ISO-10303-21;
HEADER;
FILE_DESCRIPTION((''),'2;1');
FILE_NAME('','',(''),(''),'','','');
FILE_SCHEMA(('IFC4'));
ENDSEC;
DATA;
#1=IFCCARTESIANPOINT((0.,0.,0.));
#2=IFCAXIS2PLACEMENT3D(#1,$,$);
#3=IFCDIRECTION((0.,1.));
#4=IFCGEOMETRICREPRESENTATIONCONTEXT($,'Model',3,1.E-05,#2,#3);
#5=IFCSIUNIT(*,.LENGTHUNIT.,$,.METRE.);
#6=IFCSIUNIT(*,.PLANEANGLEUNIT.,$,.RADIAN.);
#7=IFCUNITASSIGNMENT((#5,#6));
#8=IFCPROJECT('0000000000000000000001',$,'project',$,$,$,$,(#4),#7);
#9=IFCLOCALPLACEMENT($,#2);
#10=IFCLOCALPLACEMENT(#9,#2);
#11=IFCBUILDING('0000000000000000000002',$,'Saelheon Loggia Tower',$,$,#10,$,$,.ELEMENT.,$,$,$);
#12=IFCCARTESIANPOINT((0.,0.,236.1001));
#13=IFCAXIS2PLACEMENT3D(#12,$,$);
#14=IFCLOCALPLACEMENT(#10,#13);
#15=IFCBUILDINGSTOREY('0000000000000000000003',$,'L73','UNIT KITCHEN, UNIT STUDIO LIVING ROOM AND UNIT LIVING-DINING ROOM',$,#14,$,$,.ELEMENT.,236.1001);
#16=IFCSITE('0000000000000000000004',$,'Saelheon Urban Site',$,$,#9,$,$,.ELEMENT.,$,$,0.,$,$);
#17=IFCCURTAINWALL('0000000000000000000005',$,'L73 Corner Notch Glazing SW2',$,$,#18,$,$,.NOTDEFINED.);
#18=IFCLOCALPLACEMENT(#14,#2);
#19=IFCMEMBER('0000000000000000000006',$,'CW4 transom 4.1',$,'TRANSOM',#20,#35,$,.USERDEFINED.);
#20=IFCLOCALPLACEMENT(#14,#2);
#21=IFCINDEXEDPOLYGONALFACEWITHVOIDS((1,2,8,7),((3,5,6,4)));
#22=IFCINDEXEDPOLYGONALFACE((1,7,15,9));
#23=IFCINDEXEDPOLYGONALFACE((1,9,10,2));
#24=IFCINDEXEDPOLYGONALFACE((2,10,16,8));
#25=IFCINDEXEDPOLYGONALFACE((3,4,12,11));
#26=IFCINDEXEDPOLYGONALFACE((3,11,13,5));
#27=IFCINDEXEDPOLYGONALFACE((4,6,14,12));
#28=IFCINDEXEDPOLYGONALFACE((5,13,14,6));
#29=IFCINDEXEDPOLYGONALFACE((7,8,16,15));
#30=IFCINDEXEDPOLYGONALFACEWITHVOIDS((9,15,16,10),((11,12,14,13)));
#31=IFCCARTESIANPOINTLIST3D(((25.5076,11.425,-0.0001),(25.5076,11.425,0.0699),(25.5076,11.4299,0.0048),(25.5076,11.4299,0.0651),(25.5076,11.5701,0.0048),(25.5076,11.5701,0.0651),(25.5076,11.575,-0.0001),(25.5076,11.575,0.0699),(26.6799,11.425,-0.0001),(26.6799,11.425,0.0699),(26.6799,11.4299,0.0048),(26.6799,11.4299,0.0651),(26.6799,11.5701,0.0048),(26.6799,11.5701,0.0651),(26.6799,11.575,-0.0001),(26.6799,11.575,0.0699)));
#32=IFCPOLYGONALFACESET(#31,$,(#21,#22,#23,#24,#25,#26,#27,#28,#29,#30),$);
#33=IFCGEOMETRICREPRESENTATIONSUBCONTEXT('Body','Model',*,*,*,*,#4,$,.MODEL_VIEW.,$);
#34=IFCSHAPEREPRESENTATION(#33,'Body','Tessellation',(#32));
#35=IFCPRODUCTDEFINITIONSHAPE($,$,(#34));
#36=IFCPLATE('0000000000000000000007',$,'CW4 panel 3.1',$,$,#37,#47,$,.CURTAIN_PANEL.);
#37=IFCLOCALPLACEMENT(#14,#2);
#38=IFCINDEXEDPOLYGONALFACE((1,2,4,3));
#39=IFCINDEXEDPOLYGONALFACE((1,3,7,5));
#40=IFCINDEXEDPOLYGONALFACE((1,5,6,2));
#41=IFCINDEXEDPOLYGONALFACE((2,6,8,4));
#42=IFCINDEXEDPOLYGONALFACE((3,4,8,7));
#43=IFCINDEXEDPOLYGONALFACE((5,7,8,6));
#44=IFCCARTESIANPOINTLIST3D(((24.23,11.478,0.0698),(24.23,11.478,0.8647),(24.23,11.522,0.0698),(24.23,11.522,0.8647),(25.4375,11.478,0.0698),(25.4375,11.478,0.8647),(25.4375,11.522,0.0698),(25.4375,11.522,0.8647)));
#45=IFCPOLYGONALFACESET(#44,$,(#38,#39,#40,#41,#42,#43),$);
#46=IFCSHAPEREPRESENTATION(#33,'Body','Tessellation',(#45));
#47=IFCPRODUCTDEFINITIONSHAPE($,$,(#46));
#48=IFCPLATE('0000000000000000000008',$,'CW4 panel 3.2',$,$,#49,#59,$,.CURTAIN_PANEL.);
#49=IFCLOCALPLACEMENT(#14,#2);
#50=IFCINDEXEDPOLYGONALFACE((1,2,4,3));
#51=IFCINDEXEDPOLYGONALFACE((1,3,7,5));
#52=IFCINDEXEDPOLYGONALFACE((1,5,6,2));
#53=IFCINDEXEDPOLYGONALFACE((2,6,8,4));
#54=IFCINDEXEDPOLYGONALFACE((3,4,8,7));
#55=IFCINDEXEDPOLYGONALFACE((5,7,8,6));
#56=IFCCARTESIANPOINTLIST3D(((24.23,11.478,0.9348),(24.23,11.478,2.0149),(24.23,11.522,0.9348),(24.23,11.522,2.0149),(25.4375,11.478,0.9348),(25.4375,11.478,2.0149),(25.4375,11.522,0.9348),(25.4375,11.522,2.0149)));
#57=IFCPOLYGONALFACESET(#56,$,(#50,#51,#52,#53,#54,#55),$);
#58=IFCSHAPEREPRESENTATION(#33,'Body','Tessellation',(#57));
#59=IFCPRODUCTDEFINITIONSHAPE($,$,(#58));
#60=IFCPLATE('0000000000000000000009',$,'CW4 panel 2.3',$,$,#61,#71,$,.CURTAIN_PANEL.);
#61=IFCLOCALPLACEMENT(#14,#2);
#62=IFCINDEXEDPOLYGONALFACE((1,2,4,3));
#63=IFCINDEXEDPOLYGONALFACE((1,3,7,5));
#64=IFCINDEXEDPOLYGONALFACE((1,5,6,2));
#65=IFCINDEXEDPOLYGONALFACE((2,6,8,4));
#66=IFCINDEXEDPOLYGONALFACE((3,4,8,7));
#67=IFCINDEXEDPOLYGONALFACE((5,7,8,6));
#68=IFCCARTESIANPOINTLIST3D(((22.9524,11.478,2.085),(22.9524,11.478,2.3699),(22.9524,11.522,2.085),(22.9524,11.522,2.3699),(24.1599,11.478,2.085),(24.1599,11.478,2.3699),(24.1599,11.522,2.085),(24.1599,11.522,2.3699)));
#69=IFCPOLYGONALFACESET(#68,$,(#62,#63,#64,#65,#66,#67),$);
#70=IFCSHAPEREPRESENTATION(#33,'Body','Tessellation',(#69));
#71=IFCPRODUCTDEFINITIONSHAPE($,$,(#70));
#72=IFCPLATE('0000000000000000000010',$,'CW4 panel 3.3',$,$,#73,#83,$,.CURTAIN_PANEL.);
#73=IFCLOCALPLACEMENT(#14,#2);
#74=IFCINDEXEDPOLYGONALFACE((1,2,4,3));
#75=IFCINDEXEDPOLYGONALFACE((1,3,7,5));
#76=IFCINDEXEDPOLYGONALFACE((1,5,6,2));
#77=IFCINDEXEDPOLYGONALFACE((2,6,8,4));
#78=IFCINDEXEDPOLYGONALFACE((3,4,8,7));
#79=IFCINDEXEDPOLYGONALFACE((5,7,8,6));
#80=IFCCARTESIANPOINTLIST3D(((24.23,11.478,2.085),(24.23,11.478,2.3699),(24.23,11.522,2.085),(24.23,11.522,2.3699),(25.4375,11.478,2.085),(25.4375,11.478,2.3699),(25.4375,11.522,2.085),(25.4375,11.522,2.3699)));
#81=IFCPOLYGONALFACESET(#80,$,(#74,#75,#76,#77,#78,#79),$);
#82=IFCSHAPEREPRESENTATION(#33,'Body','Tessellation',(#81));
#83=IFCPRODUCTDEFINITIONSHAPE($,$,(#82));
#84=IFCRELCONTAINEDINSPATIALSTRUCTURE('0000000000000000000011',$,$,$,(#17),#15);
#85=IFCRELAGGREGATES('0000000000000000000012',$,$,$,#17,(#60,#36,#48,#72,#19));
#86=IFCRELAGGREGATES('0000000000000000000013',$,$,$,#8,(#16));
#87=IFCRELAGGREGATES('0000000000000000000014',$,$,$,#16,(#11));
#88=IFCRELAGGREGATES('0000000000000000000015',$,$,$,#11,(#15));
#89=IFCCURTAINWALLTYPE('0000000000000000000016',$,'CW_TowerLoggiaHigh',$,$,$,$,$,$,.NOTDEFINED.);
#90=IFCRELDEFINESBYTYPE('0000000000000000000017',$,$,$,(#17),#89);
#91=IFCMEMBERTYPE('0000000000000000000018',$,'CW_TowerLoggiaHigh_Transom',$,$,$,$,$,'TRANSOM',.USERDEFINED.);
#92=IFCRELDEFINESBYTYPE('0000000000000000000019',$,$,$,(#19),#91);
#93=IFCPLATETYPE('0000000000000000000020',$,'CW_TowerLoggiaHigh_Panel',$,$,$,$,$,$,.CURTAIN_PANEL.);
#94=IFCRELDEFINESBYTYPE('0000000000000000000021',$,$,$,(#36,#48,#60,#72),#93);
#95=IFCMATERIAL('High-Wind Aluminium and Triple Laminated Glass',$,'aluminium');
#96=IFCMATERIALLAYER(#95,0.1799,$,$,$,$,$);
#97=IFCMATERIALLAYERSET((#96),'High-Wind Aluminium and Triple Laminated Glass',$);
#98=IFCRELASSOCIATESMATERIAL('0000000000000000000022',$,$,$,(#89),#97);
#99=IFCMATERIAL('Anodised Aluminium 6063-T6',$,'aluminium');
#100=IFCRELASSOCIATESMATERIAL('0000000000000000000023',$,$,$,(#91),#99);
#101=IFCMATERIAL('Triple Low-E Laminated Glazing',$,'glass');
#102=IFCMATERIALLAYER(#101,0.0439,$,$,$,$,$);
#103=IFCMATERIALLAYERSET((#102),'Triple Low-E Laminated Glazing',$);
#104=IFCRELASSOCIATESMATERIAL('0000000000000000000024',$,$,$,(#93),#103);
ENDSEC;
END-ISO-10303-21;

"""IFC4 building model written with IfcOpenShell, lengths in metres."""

from ifc_helpers import new_model, si_unit, direction, frame, origin, origin_2d, place, context, subcontext, project, spatial, rectangle, hollow_rectangle, extrude, source, transform, mapped, material, layer, layer_set, material_profile, profile_set, type_object, element, aggregate, save


model = new_model("IFC4")

# Units and contexts
model_context = context("Model", 3, precision=1e-05, world=origin(), true_north=direction((0.0, 1.0)))
body_context = subcontext(model_context, "Body", "Model", "MODEL_VIEW")
ifc_project = project(units=[si_unit("LENGTHUNIT", "METRE"), si_unit("PLANEANGLEUNIT", "RADIAN")], contexts=[model_context])

# Site, building, storey
site_placement = place(None, origin())
site = spatial("IfcSite", under=ifc_project, at=site_placement, Name="Saelheon Urban Site", CompositionType="ELEMENT", RefElevation=0.0)
building_placement = place(site_placement, origin())
building = spatial("IfcBuilding", under=site, at=building_placement, Name="Saelheon Loggia Tower", CompositionType="ELEMENT")
storey_placement = place(building_placement, frame((0.0, 0.0, 236.1001)))
storey = spatial("IfcBuildingStorey", under=building, at=storey_placement, Name="L73", Description="UNIT KITCHEN, UNIT STUDIO LIVING ROOM AND UNIT LIVING-DINING ROOM", CompositionType="ELEMENT", Elevation=236.1001)

# Shared definitions
ifc_material_1 = material(Name="High-Wind Aluminium and Triple Laminated Glass", Category="aluminium")
ifc_layer_1 = layer(ifc_material_1, 0.1799)
ifc_layer_set_1 = layer_set([ifc_layer_1], Name="High-Wind Aluminium and Triple Laminated Glass")
curtain_wall_type = type_object("IfcCurtainWallType", Name="CW_TowerLoggiaHigh", PredefinedType="NOTDEFINED", material=ifc_layer_set_1)
ifc_material_2 = material(Name="Anodised Aluminium 6063-T6", Category="aluminium")

# Curtain wall
curtain_wall_1_placement = place(storey_placement, origin())
curtain_wall_1 = element("IfcCurtainWall", 1, at=curtain_wall_1_placement, inside=storey, type_object=curtain_wall_type, Name="L73 Corner Notch Glazing SW2", PredefinedType="NOTDEFINED")

# Member
ifc_material_profile_1 = material_profile(ifc_material_2, hollow_rectangle(XDim=0.0701, YDim=0.1499, WallThickness=0.0049, at=origin_2d()), Name="RHS-150x70x5")
ifc_profile_set_1 = profile_set([ifc_material_profile_1], Name="Anodised Aluminium 6063-T6")
member_type_1 = type_object("IfcMemberType", Name="CW_TowerLoggiaHigh_Transom", ElementType="TRANSOM", PredefinedType="USERDEFINED", material=ifc_profile_set_1)
shared_shape_1 = source(origin(), body_context, "Body", "SweptSolid", [
    extrude(hollow_rectangle(XDim=0.0701, YDim=0.1499, WallThickness=0.0049, at=origin_2d()), origin(), (0.0, 0.0, 1.0), 1.1724),
])
member_1_placement = place(storey_placement, frame((25.5076, 11.5, 0.0349), z_axis=(1.0, 0.0, 0.0), x_axis=(0.0, 0.0, 1.0)))
member_1 = element("IfcMember", 2, at=member_1_placement, type_object=member_type_1, Name="CW4 transom 4.1", ObjectType="TRANSOM", PredefinedType="USERDEFINED", context=body_context, shape_type="MappedRepresentation", body=[
    mapped(shared_shape_1, transform((0.0, 0.0, 0.0), scale=1.0)),
])

# Plates
ifc_material_3 = material(Name="Triple Low-E Laminated Glazing", Category="glass")
ifc_layer_2 = layer(ifc_material_3, 0.0439)
ifc_layer_set_2 = layer_set([ifc_layer_2], Name="Triple Low-E Laminated Glazing")
plate_type = type_object("IfcPlateType", Name="CW_TowerLoggiaHigh_Panel", PredefinedType="CURTAIN_PANEL", material=ifc_layer_set_2)
shared_shape_2 = source(origin(), body_context, "Body", "SweptSolid", [
    extrude(rectangle(XDim=1.2075, YDim=0.0439, at=origin_2d()), origin(), (0.0, 0.0, 1.0), 0.7949),
])
plate_1_placement = place(storey_placement, frame((24.8337, 11.5, 0.0698), z_axis=(0.0, 0.0, 1.0), x_axis=(1.0, 0.0, 0.0)))
plate_1 = element("IfcPlate", 3, at=plate_1_placement, type_object=plate_type, Name="CW4 panel 3.1", PredefinedType="CURTAIN_PANEL", context=body_context, shape_type="MappedRepresentation", body=[
    mapped(shared_shape_2, transform((0.0, 0.0, 0.0), scale=1.0)),
])
shared_shape_3 = source(origin(), body_context, "Body", "SweptSolid", [
    extrude(rectangle(XDim=1.2075, YDim=0.0439, at=origin_2d()), origin(), (0.0, 0.0, 1.0), 1.0801),
])
plate_2_placement = place(storey_placement, frame((24.8337, 11.5, 0.9348), z_axis=(0.0, 0.0, 1.0), x_axis=(1.0, 0.0, 0.0)))
plate_2 = element("IfcPlate", 4, at=plate_2_placement, type_object=plate_type, Name="CW4 panel 3.2", PredefinedType="CURTAIN_PANEL", context=body_context, shape_type="MappedRepresentation", body=[
    mapped(shared_shape_3, transform((0.0, 0.0, 0.0), scale=1.0)),
])
shared_shape_4 = source(origin(), body_context, "Body", "SweptSolid", [
    extrude(rectangle(XDim=1.2075, YDim=0.0439, at=origin_2d()), origin(), (0.0, 0.0, 1.0), 0.2849),
])
plate_3_placement = place(storey_placement, frame((23.5562, 11.5, 2.085), z_axis=(0.0, 0.0, 1.0), x_axis=(1.0, 0.0, 0.0)))
plate_3 = element("IfcPlate", 5, at=plate_3_placement, type_object=plate_type, Name="CW4 panel 2.3", PredefinedType="CURTAIN_PANEL", context=body_context, shape_type="MappedRepresentation", body=[
    mapped(shared_shape_4, transform((0.0, 0.0, 0.0), scale=1.0)),
])
plate_4_placement = place(storey_placement, frame((24.8337, 11.5, 2.085), z_axis=(0.0, 0.0, 1.0), x_axis=(1.0, 0.0, 0.0)))
plate_4 = element("IfcPlate", 6, at=plate_4_placement, type_object=plate_type, Name="CW4 panel 3.3", PredefinedType="CURTAIN_PANEL", context=body_context, shape_type="MappedRepresentation", body=[
    mapped(shared_shape_4, transform((0.0, 0.0, 0.0), scale=1.0)),
])
aggregate(curtain_wall_1, [plate_3, plate_1, plate_2, plate_4, member_1])

save(model, "model.ifc")
